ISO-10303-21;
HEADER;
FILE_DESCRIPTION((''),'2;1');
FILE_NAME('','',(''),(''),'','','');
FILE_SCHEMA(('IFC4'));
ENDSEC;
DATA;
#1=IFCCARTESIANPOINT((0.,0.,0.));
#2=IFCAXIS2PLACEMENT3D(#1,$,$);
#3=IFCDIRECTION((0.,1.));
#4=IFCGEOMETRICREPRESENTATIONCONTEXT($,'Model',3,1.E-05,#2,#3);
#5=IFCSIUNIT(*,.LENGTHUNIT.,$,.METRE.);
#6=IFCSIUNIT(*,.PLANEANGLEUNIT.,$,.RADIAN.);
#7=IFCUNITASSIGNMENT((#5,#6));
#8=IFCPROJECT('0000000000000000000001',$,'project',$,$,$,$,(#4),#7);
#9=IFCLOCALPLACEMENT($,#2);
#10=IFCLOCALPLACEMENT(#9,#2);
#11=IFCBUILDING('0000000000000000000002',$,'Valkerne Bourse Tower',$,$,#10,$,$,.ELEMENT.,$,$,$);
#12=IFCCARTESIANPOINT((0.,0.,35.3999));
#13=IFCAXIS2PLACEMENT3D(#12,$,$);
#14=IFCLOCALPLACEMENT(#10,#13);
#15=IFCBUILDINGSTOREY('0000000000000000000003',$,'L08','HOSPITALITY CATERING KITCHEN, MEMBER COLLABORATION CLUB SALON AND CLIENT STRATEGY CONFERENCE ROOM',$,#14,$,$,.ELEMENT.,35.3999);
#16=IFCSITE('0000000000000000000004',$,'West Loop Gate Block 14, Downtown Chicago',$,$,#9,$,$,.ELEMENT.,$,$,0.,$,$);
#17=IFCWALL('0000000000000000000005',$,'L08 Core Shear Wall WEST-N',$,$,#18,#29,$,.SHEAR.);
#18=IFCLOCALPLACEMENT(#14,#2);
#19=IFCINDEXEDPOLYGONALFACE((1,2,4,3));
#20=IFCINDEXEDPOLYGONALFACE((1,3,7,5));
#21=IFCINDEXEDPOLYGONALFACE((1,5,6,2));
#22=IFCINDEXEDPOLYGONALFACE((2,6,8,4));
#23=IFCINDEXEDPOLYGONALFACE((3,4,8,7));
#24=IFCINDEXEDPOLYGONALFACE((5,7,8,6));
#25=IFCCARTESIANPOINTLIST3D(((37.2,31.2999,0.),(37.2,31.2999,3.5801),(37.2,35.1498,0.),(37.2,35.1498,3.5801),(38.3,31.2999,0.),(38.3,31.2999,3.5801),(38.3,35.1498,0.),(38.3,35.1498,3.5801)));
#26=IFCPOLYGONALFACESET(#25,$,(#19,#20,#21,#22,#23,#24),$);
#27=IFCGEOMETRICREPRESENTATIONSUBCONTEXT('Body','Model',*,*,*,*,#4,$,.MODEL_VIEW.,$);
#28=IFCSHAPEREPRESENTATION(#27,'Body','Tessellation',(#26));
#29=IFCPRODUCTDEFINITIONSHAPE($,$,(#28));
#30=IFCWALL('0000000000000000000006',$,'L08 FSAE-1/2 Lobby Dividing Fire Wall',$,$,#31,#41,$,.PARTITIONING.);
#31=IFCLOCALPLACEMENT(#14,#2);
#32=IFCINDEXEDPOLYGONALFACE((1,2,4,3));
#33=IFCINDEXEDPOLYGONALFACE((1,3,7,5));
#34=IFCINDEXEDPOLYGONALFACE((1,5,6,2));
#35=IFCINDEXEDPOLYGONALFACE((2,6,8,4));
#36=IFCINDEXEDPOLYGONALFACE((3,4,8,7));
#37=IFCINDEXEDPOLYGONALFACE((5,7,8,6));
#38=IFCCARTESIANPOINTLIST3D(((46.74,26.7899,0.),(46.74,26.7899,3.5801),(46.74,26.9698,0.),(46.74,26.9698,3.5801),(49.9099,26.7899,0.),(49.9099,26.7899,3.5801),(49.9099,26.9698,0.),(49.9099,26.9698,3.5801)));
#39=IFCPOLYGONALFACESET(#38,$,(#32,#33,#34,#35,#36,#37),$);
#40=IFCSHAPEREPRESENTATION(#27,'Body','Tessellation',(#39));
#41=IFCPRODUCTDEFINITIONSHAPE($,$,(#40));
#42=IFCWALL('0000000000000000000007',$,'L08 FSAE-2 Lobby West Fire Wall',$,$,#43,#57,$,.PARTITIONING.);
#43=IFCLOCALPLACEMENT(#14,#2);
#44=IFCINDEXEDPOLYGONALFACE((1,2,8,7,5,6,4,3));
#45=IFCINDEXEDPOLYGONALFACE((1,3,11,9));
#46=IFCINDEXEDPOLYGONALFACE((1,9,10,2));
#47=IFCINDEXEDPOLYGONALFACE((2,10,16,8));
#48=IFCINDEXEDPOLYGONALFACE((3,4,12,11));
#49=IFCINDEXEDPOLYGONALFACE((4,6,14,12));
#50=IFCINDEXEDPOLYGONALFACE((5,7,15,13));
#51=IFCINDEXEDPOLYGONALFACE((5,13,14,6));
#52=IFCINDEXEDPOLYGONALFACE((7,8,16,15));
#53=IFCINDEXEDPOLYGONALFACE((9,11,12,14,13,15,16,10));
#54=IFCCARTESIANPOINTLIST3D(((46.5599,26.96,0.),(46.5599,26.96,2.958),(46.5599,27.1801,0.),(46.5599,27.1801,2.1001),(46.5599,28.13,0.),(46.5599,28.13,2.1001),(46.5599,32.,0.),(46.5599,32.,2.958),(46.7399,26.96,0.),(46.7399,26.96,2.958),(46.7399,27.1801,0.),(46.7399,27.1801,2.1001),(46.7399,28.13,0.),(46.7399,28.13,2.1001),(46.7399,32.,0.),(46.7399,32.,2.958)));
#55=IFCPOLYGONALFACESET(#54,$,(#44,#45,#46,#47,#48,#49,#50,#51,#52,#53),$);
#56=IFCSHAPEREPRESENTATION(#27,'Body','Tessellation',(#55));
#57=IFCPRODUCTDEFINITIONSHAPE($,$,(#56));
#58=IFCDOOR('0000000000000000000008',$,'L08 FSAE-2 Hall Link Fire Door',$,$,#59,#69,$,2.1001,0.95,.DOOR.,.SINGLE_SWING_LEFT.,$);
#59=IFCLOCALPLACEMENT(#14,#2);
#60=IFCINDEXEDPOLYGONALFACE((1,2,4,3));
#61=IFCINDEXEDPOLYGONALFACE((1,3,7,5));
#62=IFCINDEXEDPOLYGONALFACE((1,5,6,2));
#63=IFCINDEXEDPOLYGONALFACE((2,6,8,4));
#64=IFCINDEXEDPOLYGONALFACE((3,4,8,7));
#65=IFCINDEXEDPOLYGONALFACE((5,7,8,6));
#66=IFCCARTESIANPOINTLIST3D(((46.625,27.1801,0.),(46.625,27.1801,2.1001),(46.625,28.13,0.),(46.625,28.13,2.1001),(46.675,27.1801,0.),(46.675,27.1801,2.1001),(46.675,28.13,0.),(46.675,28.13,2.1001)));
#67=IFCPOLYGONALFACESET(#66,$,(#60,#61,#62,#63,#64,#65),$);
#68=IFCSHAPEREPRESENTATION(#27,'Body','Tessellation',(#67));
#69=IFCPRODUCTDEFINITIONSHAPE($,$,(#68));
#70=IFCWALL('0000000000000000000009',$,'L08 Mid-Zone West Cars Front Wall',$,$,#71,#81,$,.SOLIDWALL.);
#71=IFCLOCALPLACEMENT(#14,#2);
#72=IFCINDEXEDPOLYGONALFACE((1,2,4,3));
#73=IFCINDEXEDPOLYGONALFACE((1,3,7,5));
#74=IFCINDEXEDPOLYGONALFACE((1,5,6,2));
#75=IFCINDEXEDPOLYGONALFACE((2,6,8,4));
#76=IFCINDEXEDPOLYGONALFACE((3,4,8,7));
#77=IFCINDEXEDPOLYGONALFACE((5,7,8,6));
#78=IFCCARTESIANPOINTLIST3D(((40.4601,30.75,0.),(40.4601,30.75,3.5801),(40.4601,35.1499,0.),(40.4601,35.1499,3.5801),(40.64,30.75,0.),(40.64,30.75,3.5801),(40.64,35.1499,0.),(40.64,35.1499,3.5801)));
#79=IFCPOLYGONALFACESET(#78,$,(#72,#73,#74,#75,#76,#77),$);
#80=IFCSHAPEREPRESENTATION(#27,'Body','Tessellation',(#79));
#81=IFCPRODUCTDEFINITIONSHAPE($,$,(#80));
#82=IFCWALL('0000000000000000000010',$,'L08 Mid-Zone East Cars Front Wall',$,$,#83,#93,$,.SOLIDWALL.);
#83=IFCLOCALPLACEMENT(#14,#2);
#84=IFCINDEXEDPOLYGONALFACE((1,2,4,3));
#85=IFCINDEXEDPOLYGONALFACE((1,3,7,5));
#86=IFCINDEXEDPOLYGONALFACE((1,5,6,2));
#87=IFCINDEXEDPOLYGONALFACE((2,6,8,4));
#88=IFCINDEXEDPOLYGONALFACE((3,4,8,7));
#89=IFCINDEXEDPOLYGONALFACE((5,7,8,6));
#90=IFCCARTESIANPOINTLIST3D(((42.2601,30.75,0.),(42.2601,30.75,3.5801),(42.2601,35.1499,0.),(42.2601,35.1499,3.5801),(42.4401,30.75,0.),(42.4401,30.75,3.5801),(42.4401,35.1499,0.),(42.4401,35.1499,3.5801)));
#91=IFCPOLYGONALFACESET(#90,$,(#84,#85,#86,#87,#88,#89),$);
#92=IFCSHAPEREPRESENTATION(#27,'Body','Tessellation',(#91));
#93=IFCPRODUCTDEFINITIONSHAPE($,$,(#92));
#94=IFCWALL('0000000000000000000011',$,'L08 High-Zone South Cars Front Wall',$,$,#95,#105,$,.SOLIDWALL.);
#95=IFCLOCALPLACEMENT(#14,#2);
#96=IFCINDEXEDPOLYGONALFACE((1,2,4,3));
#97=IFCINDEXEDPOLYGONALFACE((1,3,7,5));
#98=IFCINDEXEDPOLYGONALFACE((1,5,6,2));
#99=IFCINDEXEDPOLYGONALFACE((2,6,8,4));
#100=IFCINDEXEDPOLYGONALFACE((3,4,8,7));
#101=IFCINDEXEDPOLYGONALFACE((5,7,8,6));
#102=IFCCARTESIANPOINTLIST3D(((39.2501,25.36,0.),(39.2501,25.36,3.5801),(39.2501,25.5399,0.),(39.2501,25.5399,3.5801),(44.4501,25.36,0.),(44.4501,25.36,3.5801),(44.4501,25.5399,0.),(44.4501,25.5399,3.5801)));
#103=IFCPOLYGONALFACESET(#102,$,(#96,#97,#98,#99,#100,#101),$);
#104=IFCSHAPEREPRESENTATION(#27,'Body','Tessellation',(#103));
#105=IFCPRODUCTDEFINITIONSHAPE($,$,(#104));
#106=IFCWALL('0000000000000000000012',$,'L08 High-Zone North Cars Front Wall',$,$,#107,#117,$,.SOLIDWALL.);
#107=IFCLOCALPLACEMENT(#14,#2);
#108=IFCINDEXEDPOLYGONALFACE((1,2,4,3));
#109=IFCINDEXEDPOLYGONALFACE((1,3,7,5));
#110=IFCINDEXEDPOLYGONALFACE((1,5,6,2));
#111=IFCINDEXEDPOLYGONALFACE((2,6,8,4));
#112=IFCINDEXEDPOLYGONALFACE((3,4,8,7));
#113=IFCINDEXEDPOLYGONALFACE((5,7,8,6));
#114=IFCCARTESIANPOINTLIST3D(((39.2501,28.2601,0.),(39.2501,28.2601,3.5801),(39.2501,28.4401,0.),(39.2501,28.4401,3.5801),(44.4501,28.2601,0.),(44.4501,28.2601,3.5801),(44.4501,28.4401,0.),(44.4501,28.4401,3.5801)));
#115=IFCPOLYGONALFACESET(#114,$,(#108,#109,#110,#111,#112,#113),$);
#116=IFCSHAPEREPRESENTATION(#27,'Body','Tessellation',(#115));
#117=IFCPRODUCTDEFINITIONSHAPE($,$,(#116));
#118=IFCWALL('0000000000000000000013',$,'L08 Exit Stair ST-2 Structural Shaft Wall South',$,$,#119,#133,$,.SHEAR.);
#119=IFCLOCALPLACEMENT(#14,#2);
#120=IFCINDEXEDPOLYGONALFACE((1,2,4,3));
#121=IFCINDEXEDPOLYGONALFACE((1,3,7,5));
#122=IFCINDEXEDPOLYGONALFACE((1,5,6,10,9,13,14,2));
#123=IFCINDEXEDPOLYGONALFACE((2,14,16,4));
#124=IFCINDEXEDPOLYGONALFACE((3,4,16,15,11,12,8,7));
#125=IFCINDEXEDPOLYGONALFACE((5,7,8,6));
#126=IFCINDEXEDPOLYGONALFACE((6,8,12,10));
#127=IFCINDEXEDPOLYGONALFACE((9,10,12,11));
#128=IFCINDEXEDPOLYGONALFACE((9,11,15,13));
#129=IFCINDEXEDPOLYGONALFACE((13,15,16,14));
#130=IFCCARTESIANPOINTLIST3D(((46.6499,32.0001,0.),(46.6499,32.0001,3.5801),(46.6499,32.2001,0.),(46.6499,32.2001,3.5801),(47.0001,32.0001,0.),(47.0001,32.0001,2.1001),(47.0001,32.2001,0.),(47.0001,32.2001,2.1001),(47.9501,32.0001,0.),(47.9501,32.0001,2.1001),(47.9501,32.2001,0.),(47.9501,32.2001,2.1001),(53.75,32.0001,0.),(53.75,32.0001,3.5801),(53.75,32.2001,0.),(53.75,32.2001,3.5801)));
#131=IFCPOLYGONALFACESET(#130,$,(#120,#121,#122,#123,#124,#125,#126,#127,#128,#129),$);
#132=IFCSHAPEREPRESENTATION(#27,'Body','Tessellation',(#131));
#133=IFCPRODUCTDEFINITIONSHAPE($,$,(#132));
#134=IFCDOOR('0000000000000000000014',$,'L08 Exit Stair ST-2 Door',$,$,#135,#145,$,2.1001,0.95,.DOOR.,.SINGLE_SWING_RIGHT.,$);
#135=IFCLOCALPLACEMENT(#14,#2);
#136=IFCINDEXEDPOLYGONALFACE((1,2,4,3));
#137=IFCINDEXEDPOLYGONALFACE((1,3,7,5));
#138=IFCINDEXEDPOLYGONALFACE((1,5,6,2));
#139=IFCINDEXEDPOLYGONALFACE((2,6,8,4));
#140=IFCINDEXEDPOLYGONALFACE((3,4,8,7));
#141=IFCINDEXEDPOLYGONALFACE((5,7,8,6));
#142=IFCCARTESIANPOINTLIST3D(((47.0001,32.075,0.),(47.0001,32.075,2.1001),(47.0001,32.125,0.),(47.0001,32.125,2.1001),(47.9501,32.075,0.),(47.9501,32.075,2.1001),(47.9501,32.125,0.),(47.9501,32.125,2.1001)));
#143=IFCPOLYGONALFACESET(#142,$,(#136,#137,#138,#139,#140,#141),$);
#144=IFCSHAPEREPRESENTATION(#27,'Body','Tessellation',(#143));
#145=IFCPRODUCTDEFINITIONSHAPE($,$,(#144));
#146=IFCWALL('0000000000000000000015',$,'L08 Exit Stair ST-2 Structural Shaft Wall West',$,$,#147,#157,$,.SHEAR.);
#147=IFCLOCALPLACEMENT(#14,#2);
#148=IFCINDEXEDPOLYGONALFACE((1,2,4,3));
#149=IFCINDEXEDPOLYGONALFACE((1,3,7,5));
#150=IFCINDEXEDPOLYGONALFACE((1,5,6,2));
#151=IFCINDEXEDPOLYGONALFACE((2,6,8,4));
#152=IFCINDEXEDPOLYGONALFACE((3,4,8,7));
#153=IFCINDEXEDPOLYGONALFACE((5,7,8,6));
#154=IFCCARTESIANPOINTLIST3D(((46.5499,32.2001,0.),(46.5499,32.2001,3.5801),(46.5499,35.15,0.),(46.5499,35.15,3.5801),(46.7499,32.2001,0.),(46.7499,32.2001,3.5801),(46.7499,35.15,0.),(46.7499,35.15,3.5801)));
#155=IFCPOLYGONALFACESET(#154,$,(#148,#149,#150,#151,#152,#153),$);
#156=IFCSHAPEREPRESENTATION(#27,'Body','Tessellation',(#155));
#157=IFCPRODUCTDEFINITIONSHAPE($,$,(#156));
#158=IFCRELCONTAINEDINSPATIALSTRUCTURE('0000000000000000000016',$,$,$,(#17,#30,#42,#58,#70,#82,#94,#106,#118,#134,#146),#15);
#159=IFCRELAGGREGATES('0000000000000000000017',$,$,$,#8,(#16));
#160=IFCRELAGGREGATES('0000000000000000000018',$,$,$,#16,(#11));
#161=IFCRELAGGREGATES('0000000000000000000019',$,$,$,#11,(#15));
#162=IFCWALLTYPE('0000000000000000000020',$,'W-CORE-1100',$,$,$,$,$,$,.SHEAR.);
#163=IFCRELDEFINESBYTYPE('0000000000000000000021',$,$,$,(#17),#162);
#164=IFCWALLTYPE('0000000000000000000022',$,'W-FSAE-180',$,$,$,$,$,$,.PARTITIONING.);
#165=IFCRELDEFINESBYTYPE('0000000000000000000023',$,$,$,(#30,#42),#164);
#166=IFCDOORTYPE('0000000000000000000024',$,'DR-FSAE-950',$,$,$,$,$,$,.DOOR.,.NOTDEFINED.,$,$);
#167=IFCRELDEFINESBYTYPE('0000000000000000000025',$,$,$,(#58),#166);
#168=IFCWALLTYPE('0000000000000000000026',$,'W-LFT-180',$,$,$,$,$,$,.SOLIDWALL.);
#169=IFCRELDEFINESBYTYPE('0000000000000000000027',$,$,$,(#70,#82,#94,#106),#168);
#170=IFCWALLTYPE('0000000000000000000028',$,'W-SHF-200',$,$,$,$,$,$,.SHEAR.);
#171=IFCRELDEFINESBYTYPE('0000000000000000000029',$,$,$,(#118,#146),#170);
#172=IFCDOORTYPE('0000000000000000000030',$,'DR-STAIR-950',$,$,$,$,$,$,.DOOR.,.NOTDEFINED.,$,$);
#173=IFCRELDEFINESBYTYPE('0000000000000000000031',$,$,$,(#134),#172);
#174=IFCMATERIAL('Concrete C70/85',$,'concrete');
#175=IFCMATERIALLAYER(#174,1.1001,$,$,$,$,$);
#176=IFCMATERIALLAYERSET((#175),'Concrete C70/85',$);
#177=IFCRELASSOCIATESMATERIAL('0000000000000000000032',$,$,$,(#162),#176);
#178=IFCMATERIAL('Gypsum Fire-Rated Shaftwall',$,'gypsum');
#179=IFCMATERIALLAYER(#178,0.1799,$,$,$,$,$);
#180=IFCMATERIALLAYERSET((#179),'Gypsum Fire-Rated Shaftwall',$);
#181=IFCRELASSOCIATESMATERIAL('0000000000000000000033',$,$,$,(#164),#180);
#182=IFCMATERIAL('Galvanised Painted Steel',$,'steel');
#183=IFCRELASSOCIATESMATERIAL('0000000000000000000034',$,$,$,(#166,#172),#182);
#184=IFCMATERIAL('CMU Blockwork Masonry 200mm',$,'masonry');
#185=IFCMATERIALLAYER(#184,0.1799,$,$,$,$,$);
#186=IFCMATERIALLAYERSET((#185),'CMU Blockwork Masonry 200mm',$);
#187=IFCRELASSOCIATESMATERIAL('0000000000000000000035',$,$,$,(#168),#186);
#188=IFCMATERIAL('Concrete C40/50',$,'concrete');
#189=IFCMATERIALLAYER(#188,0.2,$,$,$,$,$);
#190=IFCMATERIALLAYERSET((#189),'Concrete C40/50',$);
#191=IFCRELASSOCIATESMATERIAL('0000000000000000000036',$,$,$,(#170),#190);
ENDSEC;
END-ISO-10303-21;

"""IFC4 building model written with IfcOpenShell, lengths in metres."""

from ifc_helpers import new_model, si_unit, direction, frame, frame_2d, origin, place, context, subcontext, project, spatial, rectangle, extrude, material, layer, layer_set, type_object, element, fill, save


model = new_model("IFC4")

# Units and contexts
model_context = context("Model", 3, precision=1e-05, world=origin(), true_north=direction((0.0, 1.0)))
body_context = subcontext(model_context, "Body", "Model", "MODEL_VIEW")
ifc_project = project(units=[si_unit("LENGTHUNIT", "METRE"), si_unit("PLANEANGLEUNIT", "RADIAN")], contexts=[model_context])

# Site, building, storey
site_placement = place(None, origin())
site = spatial("IfcSite", under=ifc_project, at=site_placement, Name="West Loop Gate Block 14, Downtown Chicago", CompositionType="ELEMENT", RefElevation=0.0)
building_placement = place(site_placement, origin())
building = spatial("IfcBuilding", under=site, at=building_placement, Name="Valkerne Bourse Tower", CompositionType="ELEMENT")
storey_placement = place(building_placement, frame((0.0, 0.0, 35.3999)))
storey = spatial("IfcBuildingStorey", under=building, at=storey_placement, Name="L08", Description="HOSPITALITY CATERING KITCHEN, MEMBER COLLABORATION CLUB SALON AND CLIENT STRATEGY CONFERENCE ROOM", CompositionType="ELEMENT", Elevation=35.3999)

# Shared definitions
ifc_material_1 = material(Name="Concrete C70/85", Category="concrete")
ifc_layer_1 = layer(ifc_material_1, 1.1001)
ifc_layer_set_1 = layer_set([ifc_layer_1], Name="Concrete C70/85")
wall_type_1 = type_object("IfcWallType", Name="W-CORE-1100", PredefinedType="SHEAR", material=ifc_layer_set_1)
ifc_material_2 = material(Name="Galvanised Painted Steel", Category="steel")

# Walls
wall_1_placement = place(storey_placement, frame((37.75, 31.3, 0.0), z_axis=(0.0, 0.0, 1.0), x_axis=(0.0, 1.0, 0.0)))
element("IfcWall", 1, at=wall_1_placement, inside=storey, type_object=wall_type_1, Name="L08 Core Shear Wall WEST-N", PredefinedType="SHEAR", context=body_context, shape_type="SweptSolid", body=[
    extrude(rectangle(XDim=3.8499, YDim=1.1001, at=frame_2d((1.9248, 0.0))), origin(), (0.0, 0.0, 1.0), 3.5801),
])
ifc_material_3 = material(Name="Gypsum Fire-Rated Shaftwall", Category="gypsum")
ifc_layer_2 = layer(ifc_material_3, 0.1799)
ifc_layer_set_2 = layer_set([ifc_layer_2], Name="Gypsum Fire-Rated Shaftwall")
wall_type_2 = type_object("IfcWallType", Name="W-FSAE-180", PredefinedType="PARTITIONING", material=ifc_layer_set_2)
wall_2_placement = place(storey_placement, frame((46.74, 26.8799, 0.0), z_axis=(0.0, 0.0, 1.0), x_axis=(1.0, 0.0, 0.0)))
element("IfcWall", 2, at=wall_2_placement, inside=storey, type_object=wall_type_2, Name="L08 FSAE-1/2 Lobby Dividing Fire Wall", PredefinedType="PARTITIONING", context=body_context, shape_type="SweptSolid", body=[
    extrude(rectangle(XDim=3.1699, YDim=0.1799, at=frame_2d((1.585, 0.0))), origin(), (0.0, 0.0, 1.0), 3.5801),
])

# Wall, opening, door
wall_3_placement = place(storey_placement, frame((46.6499, 26.96, 0.0), z_axis=(0.0, 0.0, 1.0), x_axis=(0.0, 1.0, 0.0)))
wall_3 = element("IfcWall", 3, at=wall_3_placement, inside=storey, type_object=wall_type_2, Name="L08 FSAE-2 Lobby West Fire Wall", PredefinedType="PARTITIONING", context=body_context, shape_type="SweptSolid", body=[
    extrude(rectangle(XDim=5.04, YDim=0.1799, at=frame_2d((2.52, 0.0))), origin(), (0.0, 0.0, 1.0), 2.958),
])
opening_1_placement = place(wall_3_placement, frame((0.22, 0.0, 0.0)))
opening_1 = element("IfcOpeningElement", 4, at=opening_1_placement, cuts=wall_3, PredefinedType="OPENING", context=body_context, shape_type="SweptSolid", body=[
    extrude(rectangle(XDim=0.95, YDim=2.1001, at=frame_2d((0.4751, 1.05))), frame((0.0, 0.0999, 0.0), z_axis=(0.0, -1.0, 0.0), x_axis=(1.0, 0.0, 0.0)), (0.0, 0.0, 1.0), 0.2),
])
door_type_1 = type_object("IfcDoorType", Name="DR-FSAE-950", OperationType="NOTDEFINED", PredefinedType="DOOR", material=ifc_material_2)
door_1_placement = place(opening_1_placement, origin())
door_1 = element("IfcDoor", 5, at=door_1_placement, inside=storey, type_object=door_type_1, Name="L08 FSAE-2 Hall Link Fire Door", OperationType="SINGLE_SWING_LEFT", OverallHeight=2.1001, OverallWidth=0.95, PredefinedType="DOOR", context=body_context, shape_type="SweptSolid", body=[
    extrude(rectangle(XDim=0.95, YDim=2.1001, at=frame_2d((0.4751, 1.05))), frame((0.0, 0.0249, 0.0), z_axis=(0.0, -1.0, 0.0), x_axis=(1.0, 0.0, 0.0)), (0.0, 0.0, 1.0), 0.05),
])
fill(opening_1, door_1)

# Walls
ifc_material_4 = material(Name="CMU Blockwork Masonry 200mm", Category="masonry")
ifc_layer_3 = layer(ifc_material_4, 0.1799)
ifc_layer_set_3 = layer_set([ifc_layer_3], Name="CMU Blockwork Masonry 200mm")
wall_type_3 = type_object("IfcWallType", Name="W-LFT-180", PredefinedType="SOLIDWALL", material=ifc_layer_set_3)
for number, where, z_axis, x_axis, name in (
    (6, (40.55, 30.75, 0.0), (0.0, 0.0, 1.0), (0.0, 1.0, 0.0), "L08 Mid-Zone West Cars Front Wall"),
    (7, (42.3501, 30.75, 0.0), (0.0, 0.0, 1.0), (0.0, 1.0, 0.0), "L08 Mid-Zone East Cars Front Wall"),
):
    element("IfcWall", number, at=place(storey_placement, frame(where, z_axis=z_axis, x_axis=x_axis)), inside=storey, type_object=wall_type_3, Name=name, PredefinedType="SOLIDWALL", context=body_context, shape_type="SweptSolid", body=[
        extrude(rectangle(XDim=4.3999, YDim=0.1799, at=frame_2d((2.2, 0.0))), origin(), (0.0, 0.0, 1.0), 3.5801),
    ])
for number, where, z_axis, x_axis, name in (
    (8, (39.25, 25.45, 0.0), (0.0, 0.0, 1.0), (1.0, 0.0, 0.0), "L08 High-Zone South Cars Front Wall"),
    (9, (39.25, 28.3501, 0.0), (0.0, 0.0, 1.0), (1.0, 0.0, 0.0), "L08 High-Zone North Cars Front Wall"),
):
    element("IfcWall", number, at=place(storey_placement, frame(where, z_axis=z_axis, x_axis=x_axis)), inside=storey, type_object=wall_type_3, Name=name, PredefinedType="SOLIDWALL", context=body_context, shape_type="SweptSolid", body=[
        extrude(rectangle(XDim=5.2, YDim=0.1799, at=frame_2d((2.6001, 0.0))), origin(), (0.0, 0.0, 1.0), 3.5801),
    ])

# Wall, opening, door
ifc_material_5 = material(Name="Concrete C40/50", Category="concrete")
ifc_layer_4 = layer(ifc_material_5, 0.2)
ifc_layer_set_4 = layer_set([ifc_layer_4], Name="Concrete C40/50")
wall_type_4 = type_object("IfcWallType", Name="W-SHF-200", PredefinedType="SHEAR", material=ifc_layer_set_4)
wall_4_placement = place(storey_placement, frame((46.6499, 32.1001, 0.0), z_axis=(0.0, 0.0, 1.0), x_axis=(1.0, 0.0, 0.0)))
wall_4 = element("IfcWall", 10, at=wall_4_placement, inside=storey, type_object=wall_type_4, Name="L08 Exit Stair ST-2 Structural Shaft Wall South", PredefinedType="SHEAR", context=body_context, shape_type="SweptSolid", body=[
    extrude(rectangle(XDim=7.1001, YDim=0.2, at=frame_2d((3.55, 0.0))), origin(), (0.0, 0.0, 1.0), 3.5801),
])
opening_2_placement = place(wall_4_placement, frame((0.3501, 0.0, 0.0)))
opening_2 = element("IfcOpeningElement", 11, at=opening_2_placement, cuts=wall_4, PredefinedType="OPENING", context=body_context, shape_type="SweptSolid", body=[
    extrude(rectangle(XDim=0.95, YDim=2.1001, at=frame_2d((0.4751, 1.05))), frame((0.0, 0.1099, 0.0), z_axis=(0.0, -1.0, 0.0), x_axis=(1.0, 0.0, 0.0)), (0.0, 0.0, 1.0), 0.22),
])
door_type_2 = type_object("IfcDoorType", Name="DR-STAIR-950", OperationType="NOTDEFINED", PredefinedType="DOOR", material=ifc_material_2)
door_2_placement = place(opening_2_placement, origin())
door_2 = element("IfcDoor", 12, at=door_2_placement, inside=storey, type_object=door_type_2, Name="L08 Exit Stair ST-2 Door", OperationType="SINGLE_SWING_RIGHT", OverallHeight=2.1001, OverallWidth=0.95, PredefinedType="DOOR", context=body_context, shape_type="SweptSolid", body=[
    extrude(rectangle(XDim=0.95, YDim=2.1001, at=frame_2d((0.4751, 1.05))), frame((0.0, 0.0249, 0.0), z_axis=(0.0, -1.0, 0.0), x_axis=(1.0, 0.0, 0.0)), (0.0, 0.0, 1.0), 0.05),
])
fill(opening_2, door_2)

# Wall
wall_5_placement = place(storey_placement, frame((46.6499, 32.2, 0.0), z_axis=(0.0, 0.0, 1.0), x_axis=(0.0, 1.0, 0.0)))
element("IfcWall", 13, at=wall_5_placement, inside=storey, type_object=wall_type_4, Name="L08 Exit Stair ST-2 Structural Shaft Wall West", PredefinedType="SHEAR", context=body_context, shape_type="SweptSolid", body=[
    extrude(rectangle(XDim=2.95, YDim=0.2, at=frame_2d((1.4751, 0.0))), origin(), (0.0, 0.0, 1.0), 3.5801),
])

save(model, "model.ifc")
